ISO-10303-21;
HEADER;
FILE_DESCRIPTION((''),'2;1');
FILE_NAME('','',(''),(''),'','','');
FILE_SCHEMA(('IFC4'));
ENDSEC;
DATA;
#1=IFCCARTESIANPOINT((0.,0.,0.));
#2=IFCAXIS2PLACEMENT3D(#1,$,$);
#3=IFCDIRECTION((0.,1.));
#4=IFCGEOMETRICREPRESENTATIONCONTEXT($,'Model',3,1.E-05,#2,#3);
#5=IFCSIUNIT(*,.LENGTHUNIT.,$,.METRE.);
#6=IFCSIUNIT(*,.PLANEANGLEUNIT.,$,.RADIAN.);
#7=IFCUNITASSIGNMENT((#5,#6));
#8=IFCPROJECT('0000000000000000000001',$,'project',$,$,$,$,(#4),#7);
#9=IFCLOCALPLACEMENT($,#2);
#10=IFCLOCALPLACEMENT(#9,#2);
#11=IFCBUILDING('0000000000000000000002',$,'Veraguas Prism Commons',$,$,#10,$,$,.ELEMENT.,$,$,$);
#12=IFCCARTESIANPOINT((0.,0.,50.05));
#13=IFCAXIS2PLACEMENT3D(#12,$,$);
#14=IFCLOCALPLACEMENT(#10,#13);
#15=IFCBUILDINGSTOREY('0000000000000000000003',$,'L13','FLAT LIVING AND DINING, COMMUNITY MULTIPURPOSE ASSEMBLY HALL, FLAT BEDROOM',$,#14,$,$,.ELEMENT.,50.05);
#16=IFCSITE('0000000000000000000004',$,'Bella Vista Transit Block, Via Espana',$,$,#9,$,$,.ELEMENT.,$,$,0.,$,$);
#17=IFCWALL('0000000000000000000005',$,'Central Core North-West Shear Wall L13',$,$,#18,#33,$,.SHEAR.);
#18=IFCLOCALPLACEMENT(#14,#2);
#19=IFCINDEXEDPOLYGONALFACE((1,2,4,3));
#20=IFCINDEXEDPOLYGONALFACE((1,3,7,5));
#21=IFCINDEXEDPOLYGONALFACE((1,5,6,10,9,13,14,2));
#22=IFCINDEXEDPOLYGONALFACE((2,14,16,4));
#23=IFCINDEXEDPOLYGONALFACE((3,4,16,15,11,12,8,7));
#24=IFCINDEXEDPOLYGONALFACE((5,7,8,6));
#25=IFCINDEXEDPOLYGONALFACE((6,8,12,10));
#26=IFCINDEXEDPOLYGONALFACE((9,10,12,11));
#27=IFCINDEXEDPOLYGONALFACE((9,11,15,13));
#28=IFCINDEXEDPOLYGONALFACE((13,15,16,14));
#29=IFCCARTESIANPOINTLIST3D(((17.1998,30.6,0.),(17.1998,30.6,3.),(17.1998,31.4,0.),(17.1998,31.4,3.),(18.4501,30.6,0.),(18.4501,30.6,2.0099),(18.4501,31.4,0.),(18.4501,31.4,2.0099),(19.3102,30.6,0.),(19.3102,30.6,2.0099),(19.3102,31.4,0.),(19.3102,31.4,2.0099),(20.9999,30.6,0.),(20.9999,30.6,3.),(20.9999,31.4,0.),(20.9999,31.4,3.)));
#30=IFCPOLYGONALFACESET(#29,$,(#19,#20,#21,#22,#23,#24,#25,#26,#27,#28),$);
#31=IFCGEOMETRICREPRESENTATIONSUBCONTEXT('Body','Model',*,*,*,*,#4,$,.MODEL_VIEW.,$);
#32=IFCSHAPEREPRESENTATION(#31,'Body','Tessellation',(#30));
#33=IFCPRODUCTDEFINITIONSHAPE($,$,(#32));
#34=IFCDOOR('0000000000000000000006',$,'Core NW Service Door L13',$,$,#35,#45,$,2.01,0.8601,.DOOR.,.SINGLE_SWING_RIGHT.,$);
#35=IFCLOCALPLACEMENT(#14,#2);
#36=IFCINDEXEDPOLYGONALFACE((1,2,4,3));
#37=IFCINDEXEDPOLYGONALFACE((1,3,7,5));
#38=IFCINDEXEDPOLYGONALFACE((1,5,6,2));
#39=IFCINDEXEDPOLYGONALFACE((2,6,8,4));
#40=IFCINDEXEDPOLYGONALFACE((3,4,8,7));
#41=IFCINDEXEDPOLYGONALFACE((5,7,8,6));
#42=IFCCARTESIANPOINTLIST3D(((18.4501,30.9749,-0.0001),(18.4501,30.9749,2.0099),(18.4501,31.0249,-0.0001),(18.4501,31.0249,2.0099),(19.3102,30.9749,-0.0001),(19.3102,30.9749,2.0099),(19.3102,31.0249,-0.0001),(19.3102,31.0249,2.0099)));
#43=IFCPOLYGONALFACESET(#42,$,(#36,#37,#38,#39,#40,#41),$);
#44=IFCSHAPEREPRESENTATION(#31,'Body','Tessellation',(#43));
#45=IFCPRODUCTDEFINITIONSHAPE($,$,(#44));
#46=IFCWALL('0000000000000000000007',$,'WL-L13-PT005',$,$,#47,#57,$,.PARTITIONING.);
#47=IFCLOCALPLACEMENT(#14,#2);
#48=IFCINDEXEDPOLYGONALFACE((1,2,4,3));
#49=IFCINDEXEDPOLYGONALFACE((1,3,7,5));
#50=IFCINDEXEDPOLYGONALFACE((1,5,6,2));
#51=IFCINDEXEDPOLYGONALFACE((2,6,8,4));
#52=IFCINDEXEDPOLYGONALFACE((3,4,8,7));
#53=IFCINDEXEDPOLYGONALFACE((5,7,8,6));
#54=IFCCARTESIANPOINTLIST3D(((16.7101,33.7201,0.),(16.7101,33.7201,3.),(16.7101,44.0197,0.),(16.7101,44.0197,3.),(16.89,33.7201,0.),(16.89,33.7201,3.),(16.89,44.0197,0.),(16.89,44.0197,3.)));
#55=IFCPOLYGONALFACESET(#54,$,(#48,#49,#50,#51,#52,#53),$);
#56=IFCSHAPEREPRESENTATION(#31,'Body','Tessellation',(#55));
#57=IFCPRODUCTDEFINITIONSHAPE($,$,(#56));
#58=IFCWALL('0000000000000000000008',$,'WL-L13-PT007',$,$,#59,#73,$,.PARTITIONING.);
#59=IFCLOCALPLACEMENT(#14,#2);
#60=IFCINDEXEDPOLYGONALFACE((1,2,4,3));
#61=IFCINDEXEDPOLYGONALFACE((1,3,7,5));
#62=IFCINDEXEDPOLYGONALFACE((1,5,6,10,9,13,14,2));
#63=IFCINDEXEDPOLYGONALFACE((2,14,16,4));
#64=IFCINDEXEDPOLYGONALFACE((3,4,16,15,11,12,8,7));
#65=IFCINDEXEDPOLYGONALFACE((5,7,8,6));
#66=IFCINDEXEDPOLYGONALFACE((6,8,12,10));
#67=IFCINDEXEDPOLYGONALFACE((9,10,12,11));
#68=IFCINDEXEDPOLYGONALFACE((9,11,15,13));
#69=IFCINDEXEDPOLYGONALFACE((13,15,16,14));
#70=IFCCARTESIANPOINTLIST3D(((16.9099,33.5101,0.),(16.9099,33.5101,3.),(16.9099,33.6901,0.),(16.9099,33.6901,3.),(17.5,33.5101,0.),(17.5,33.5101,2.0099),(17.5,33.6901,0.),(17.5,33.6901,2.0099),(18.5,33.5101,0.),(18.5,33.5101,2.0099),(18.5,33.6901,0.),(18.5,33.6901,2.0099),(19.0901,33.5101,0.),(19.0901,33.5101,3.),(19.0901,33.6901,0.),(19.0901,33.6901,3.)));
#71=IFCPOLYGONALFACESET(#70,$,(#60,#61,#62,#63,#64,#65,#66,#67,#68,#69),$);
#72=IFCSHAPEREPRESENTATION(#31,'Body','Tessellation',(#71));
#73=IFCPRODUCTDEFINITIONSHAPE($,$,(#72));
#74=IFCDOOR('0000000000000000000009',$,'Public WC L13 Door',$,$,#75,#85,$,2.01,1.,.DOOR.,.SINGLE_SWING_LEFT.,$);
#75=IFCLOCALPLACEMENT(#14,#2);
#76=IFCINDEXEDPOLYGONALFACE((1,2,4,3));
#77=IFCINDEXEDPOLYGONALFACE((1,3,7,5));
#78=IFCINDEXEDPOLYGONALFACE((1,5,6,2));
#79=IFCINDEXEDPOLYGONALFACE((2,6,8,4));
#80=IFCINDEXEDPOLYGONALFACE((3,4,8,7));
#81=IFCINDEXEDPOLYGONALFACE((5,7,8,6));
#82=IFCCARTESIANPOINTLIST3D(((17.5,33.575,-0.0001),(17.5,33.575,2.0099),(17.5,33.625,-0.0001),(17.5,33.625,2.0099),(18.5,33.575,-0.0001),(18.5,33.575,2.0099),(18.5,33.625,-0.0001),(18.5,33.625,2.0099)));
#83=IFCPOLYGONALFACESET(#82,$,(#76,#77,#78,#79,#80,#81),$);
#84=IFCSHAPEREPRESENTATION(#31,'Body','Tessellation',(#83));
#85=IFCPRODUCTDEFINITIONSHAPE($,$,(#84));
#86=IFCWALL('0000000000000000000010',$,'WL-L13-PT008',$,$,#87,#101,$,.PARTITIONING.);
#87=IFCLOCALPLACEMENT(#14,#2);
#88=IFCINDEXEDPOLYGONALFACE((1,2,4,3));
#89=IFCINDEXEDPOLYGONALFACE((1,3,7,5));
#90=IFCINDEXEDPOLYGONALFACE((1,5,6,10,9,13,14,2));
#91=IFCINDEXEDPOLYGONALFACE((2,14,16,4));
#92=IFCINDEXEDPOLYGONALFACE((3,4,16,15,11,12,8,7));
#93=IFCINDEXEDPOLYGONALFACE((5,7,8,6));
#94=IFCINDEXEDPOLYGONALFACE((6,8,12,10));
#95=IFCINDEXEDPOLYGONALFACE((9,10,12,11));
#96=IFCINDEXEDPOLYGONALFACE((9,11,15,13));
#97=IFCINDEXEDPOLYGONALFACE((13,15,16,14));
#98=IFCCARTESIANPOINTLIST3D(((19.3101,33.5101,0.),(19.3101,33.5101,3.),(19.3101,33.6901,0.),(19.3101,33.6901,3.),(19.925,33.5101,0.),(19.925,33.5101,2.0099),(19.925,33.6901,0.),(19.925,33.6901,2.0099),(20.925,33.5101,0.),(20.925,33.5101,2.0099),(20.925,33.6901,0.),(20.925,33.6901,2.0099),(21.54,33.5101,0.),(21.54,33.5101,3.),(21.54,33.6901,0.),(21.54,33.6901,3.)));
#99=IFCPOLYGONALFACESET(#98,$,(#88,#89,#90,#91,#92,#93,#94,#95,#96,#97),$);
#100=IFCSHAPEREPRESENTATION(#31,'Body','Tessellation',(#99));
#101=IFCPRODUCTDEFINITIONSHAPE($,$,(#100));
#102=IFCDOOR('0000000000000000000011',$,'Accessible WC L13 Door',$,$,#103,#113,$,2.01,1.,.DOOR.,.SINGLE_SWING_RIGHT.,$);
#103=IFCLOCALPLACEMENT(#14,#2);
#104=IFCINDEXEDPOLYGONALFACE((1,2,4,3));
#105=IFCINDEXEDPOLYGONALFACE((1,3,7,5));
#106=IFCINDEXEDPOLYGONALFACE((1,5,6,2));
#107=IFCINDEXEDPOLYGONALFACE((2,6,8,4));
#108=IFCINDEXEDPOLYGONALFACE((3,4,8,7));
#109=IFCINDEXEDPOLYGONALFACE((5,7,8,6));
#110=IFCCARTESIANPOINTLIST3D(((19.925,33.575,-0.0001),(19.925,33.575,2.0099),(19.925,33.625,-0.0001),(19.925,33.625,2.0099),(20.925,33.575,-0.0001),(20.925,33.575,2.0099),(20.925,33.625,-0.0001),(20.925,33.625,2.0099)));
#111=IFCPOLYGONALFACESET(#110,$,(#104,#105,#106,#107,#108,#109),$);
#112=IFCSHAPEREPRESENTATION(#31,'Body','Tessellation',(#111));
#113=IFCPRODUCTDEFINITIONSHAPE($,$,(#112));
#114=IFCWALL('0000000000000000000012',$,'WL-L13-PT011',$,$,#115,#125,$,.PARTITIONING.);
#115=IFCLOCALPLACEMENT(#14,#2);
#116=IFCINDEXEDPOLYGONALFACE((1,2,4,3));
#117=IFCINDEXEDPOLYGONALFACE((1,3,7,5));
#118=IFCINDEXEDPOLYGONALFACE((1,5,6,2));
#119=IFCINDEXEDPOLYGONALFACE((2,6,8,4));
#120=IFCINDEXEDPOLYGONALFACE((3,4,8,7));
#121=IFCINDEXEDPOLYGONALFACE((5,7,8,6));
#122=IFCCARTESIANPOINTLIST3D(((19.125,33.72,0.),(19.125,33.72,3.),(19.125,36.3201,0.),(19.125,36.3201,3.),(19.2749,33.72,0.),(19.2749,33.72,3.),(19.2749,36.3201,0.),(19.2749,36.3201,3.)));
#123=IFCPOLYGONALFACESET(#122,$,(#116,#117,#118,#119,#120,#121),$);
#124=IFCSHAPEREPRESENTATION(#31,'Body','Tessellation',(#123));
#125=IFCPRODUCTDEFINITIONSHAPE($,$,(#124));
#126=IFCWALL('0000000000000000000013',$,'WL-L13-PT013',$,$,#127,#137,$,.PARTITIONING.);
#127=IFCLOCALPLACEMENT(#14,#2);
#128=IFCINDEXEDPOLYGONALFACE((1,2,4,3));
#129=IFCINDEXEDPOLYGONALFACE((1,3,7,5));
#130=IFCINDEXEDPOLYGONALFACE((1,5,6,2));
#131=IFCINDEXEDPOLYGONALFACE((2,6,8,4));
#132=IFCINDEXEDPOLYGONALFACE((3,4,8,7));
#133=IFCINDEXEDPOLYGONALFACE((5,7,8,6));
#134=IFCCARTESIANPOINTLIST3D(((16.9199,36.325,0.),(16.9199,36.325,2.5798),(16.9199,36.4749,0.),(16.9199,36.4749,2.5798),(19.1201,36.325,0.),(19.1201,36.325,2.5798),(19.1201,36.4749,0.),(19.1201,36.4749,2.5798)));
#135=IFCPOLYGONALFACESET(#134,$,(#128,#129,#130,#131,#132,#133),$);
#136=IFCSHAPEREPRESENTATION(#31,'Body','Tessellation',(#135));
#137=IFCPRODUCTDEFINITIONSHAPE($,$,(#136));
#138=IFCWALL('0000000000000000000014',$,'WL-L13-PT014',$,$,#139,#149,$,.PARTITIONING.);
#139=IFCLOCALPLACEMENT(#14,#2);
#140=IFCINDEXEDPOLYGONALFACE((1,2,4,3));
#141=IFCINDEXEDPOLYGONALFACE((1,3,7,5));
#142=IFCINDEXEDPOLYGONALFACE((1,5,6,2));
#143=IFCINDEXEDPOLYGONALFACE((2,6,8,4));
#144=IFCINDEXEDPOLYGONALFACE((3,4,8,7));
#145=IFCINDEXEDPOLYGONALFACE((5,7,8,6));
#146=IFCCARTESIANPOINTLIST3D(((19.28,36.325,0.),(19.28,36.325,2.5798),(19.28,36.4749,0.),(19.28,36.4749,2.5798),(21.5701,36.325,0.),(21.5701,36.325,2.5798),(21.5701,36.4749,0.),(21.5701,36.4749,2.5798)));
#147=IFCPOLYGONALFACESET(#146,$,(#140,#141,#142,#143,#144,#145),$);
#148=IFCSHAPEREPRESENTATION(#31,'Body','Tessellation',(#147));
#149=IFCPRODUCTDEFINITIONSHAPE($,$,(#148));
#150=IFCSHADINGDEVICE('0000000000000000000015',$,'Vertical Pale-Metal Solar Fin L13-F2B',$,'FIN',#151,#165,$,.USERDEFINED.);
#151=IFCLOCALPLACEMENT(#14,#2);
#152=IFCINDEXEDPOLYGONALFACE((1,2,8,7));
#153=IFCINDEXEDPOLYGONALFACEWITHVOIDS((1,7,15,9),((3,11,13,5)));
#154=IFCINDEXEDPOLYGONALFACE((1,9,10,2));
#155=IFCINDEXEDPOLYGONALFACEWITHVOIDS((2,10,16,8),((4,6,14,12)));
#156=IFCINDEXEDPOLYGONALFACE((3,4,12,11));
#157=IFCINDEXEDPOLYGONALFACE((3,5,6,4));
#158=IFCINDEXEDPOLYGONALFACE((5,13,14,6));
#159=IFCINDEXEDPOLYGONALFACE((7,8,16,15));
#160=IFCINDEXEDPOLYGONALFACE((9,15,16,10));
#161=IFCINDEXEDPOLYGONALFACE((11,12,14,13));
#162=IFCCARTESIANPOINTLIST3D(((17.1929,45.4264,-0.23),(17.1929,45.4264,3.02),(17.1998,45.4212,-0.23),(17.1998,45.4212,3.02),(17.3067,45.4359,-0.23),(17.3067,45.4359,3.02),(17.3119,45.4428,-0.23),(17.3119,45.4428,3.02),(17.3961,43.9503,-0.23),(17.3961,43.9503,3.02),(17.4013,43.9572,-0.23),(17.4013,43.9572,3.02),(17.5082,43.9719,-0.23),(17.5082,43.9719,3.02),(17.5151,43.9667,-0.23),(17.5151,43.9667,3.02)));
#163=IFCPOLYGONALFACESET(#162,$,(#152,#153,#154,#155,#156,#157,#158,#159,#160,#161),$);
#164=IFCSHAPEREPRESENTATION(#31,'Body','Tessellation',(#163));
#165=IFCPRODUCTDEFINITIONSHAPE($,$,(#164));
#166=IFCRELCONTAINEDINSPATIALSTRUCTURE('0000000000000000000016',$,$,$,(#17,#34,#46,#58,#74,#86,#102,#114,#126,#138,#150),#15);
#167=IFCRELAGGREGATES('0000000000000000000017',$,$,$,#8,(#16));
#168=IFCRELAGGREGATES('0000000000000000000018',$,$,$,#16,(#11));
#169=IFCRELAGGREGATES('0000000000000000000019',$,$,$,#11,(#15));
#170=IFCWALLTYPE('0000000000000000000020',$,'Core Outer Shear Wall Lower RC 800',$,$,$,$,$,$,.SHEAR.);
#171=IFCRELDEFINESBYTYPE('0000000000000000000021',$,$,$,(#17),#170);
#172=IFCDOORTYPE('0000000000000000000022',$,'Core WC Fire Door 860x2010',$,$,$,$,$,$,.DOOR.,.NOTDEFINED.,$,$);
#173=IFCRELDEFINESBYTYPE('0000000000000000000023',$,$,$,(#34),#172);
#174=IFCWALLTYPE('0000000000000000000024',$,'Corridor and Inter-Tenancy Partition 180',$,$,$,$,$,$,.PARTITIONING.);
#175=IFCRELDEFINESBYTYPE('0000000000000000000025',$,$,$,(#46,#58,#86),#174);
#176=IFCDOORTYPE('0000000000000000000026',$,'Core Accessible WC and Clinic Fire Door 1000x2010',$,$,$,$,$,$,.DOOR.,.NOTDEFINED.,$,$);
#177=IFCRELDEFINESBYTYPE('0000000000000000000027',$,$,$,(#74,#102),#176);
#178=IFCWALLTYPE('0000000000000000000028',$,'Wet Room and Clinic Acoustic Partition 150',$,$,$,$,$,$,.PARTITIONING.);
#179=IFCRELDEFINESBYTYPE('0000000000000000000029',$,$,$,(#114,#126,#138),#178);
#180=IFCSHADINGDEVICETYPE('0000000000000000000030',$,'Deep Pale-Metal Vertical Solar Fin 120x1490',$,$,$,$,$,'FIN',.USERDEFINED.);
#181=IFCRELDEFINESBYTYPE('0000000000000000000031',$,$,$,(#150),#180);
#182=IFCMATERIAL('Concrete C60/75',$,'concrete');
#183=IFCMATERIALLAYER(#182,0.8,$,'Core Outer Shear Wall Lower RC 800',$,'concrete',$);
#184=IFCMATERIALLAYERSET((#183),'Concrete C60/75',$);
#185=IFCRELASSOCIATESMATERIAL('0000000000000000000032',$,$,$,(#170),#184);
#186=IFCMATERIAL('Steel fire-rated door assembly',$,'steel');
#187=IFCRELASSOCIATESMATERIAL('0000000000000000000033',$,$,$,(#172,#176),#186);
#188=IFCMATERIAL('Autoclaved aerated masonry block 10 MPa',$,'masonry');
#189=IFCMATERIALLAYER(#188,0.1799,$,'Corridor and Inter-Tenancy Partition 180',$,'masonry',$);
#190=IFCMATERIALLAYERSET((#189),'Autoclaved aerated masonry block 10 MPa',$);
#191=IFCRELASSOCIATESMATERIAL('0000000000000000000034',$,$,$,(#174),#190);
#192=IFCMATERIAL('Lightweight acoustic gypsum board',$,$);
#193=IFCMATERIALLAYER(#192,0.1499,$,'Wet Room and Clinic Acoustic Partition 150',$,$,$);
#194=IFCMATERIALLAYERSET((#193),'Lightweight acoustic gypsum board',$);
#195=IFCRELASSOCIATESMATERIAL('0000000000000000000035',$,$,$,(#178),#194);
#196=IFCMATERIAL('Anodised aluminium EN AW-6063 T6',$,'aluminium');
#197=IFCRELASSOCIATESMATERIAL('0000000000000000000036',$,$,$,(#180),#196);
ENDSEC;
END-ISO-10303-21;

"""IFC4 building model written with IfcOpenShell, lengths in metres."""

from ifc_helpers import new_model, si_unit, direction, frame, frame_2d, origin, origin_2d, place, context, subcontext, project, spatial, rectangle, hollow_rectangle, extrude, source, transform, mapped, material, layer, layer_set, material_profile, profile_set, type_object, element, fill, save


model = new_model("IFC4")

# Units and contexts
model_context = context("Model", 3, precision=1e-05, world=origin(), true_north=direction((0.0, 1.0)))
body_context = subcontext(model_context, "Body", "Model", "MODEL_VIEW")
ifc_project = project(units=[si_unit("LENGTHUNIT", "METRE"), si_unit("PLANEANGLEUNIT", "RADIAN")], contexts=[model_context])

# Site, building, storey
site_placement = place(None, origin())
site = spatial("IfcSite", under=ifc_project, at=site_placement, Name="Bella Vista Transit Block, Via Espana", CompositionType="ELEMENT", RefElevation=0.0)
building_placement = place(site_placement, origin())
building = spatial("IfcBuilding", under=site, at=building_placement, Name="Veraguas Prism Commons", CompositionType="ELEMENT")
storey_placement = place(building_placement, frame((0.0, 0.0, 50.05)))
storey = spatial("IfcBuildingStorey", under=building, at=storey_placement, Name="L13", Description="FLAT LIVING AND DINING, COMMUNITY MULTIPURPOSE ASSEMBLY HALL, FLAT BEDROOM", CompositionType="ELEMENT", Elevation=50.05)

# Shared definitions
ifc_material_1 = material(Name="Concrete C60/75", Category="concrete")

# Shared definitions
ifc_material_2 = material(Name="Anodised aluminium EN AW-6063 T6", Category="aluminium")

# Wall, opening, door
ifc_layer_1 = layer(ifc_material_1, 0.8, Name="Core Outer Shear Wall Lower RC 800", Category="concrete")
ifc_layer_set_1 = layer_set([ifc_layer_1], Name="Concrete C60/75")
wall_type_1 = type_object("IfcWallType", Name="Core Outer Shear Wall Lower RC 800", PredefinedType="SHEAR", material=ifc_layer_set_1)
wall_1_placement = place(storey_placement, frame((17.2, 31.0, 0.0), z_axis=(0.0, 0.0, 1.0), x_axis=(1.0, 0.0, 0.0)))
wall_1 = element("IfcWall", 1, at=wall_1_placement, inside=storey, type_object=wall_type_1, Name="Central Core North-West Shear Wall L13", PredefinedType="SHEAR", context=body_context, shape_type="SweptSolid", body=[
    extrude(rectangle(XDim=3.8, YDim=0.8, at=frame_2d((1.8999, 0.0))), origin(), (0.0, 0.0, 1.0), 3.0),
])
opening_1_placement = place(wall_1_placement, frame((1.25, 0.0, 0.0)))
opening_1 = element("IfcOpeningElement", 2, at=opening_1_placement, cuts=wall_1, PredefinedType="OPENING", context=body_context, shape_type="SweptSolid", body=[
    extrude(rectangle(XDim=0.8601, YDim=2.01, at=frame_2d((0.4302, 1.0049))), frame((0.0, 0.4099, 0.0), z_axis=(0.0, -1.0, 0.0), x_axis=(1.0, 0.0, 0.0)), (0.0, 0.0, 1.0), 0.8201),
])
ifc_material_3 = material(Name="Steel fire-rated door assembly", Category="steel")
door_type_1 = type_object("IfcDoorType", Name="Core WC Fire Door 860x2010", OperationType="NOTDEFINED", PredefinedType="DOOR", material=ifc_material_3)
shared_shape_1 = source(origin(), body_context, "Body", "SweptSolid", [
    extrude(rectangle(XDim=0.8601, YDim=2.01, at=frame_2d((0.4302, 1.0049))), frame((0.0, 0.0249, 0.0), z_axis=(0.0, -1.0, 0.0), x_axis=(1.0, 0.0, 0.0)), (0.0, 0.0, 1.0), 0.05),
])
door_1_placement = place(opening_1_placement, origin())
door_1 = element("IfcDoor", 3, at=door_1_placement, inside=storey, type_object=door_type_1, Name="Core NW Service Door L13", OperationType="SINGLE_SWING_RIGHT", OverallHeight=2.01, OverallWidth=0.8601, PredefinedType="DOOR", context=body_context, shape_type="MappedRepresentation", body=[
    mapped(shared_shape_1, transform((0.0, 0.0, 0.0), scale=1.0)),
])
fill(opening_1, door_1)

# Wall
ifc_material_4 = material(Name="Autoclaved aerated masonry block 10 MPa", Category="masonry")
ifc_layer_2 = layer(ifc_material_4, 0.1799, Name="Corridor and Inter-Tenancy Partition 180", Category="masonry")
ifc_layer_set_2 = layer_set([ifc_layer_2], Name="Autoclaved aerated masonry block 10 MPa")
wall_type_2 = type_object("IfcWallType", Name="Corridor and Inter-Tenancy Partition 180", PredefinedType="PARTITIONING", material=ifc_layer_set_2)
wall_2_placement = place(storey_placement, frame((16.8, 33.72, 0.0), z_axis=(0.0, 0.0, 1.0), x_axis=(0.0, 1.0, 0.0)))
element("IfcWall", 4, at=wall_2_placement, inside=storey, type_object=wall_type_2, Name="WL-L13-PT005", PredefinedType="PARTITIONING", context=body_context, shape_type="SweptSolid", body=[
    extrude(rectangle(XDim=10.2996, YDim=0.1799, at=frame_2d((5.1499, 0.0))), origin(), (0.0, 0.0, 1.0), 3.0),
])

# Walls, openings, doors
wall_3_placement = place(storey_placement, frame((16.9099, 33.6001, 0.0), z_axis=(0.0, 0.0, 1.0), x_axis=(1.0, 0.0, 0.0)))
wall_3 = element("IfcWall", 5, at=wall_3_placement, inside=storey, type_object=wall_type_2, Name="WL-L13-PT007", PredefinedType="PARTITIONING", context=body_context, shape_type="SweptSolid", body=[
    extrude(rectangle(XDim=2.1802, YDim=0.1799, at=frame_2d((1.0901, 0.0))), origin(), (0.0, 0.0, 1.0), 3.0),
])
opening_2_placement = place(wall_3_placement, frame((0.5901, 0.0, 0.0)))
opening_2 = element("IfcOpeningElement", 6, at=opening_2_placement, cuts=wall_3, PredefinedType="OPENING", context=body_context, shape_type="SweptSolid", body=[
    extrude(rectangle(XDim=1.0, YDim=2.01, at=frame_2d((0.5, 1.0049))), frame((0.0, 0.0999, 0.0), z_axis=(0.0, -1.0, 0.0), x_axis=(1.0, 0.0, 0.0)), (0.0, 0.0, 1.0), 0.2),
])
door_type_2 = type_object("IfcDoorType", Name="Core Accessible WC and Clinic Fire Door 1000x2010", OperationType="NOTDEFINED", PredefinedType="DOOR", material=ifc_material_3)
shared_shape_2 = source(origin(), body_context, "Body", "SweptSolid", [
    extrude(rectangle(XDim=1.0, YDim=2.01, at=frame_2d((0.5, 1.0049))), frame((0.0, 0.0249, 0.0), z_axis=(0.0, -1.0, 0.0), x_axis=(1.0, 0.0, 0.0)), (0.0, 0.0, 1.0), 0.05),
])
door_2_placement = place(opening_2_placement, origin())
door_2 = element("IfcDoor", 7, at=door_2_placement, inside=storey, type_object=door_type_2, Name="Public WC L13 Door", OperationType="SINGLE_SWING_LEFT", OverallHeight=2.01, OverallWidth=1.0, PredefinedType="DOOR", context=body_context, shape_type="MappedRepresentation", body=[
    mapped(shared_shape_2, transform((0.0, 0.0, 0.0), scale=1.0)),
])
fill(opening_2, door_2)
wall_4_placement = place(storey_placement, frame((19.3101, 33.6001, 0.0), z_axis=(0.0, 0.0, 1.0), x_axis=(1.0, 0.0, 0.0)))
wall_4 = element("IfcWall", 8, at=wall_4_placement, inside=storey, type_object=wall_type_2, Name="WL-L13-PT008", PredefinedType="PARTITIONING", context=body_context, shape_type="SweptSolid", body=[
    extrude(rectangle(XDim=2.23, YDim=0.1799, at=frame_2d((1.115, 0.0))), origin(), (0.0, 0.0, 1.0), 3.0),
])
opening_3_placement = place(wall_4_placement, frame((0.615, 0.0, 0.0)))
opening_3 = element("IfcOpeningElement", 9, at=opening_3_placement, cuts=wall_4, PredefinedType="OPENING", context=body_context, shape_type="SweptSolid", body=[
    extrude(rectangle(XDim=1.0, YDim=2.01, at=frame_2d((0.5, 1.0049))), frame((0.0, 0.0999, 0.0), z_axis=(0.0, -1.0, 0.0), x_axis=(1.0, 0.0, 0.0)), (0.0, 0.0, 1.0), 0.2),
])
door_3_placement = place(opening_3_placement, origin())
door_3 = element("IfcDoor", 10, at=door_3_placement, inside=storey, type_object=door_type_2, Name="Accessible WC L13 Door", OperationType="SINGLE_SWING_RIGHT", OverallHeight=2.01, OverallWidth=1.0, PredefinedType="DOOR", context=body_context, shape_type="MappedRepresentation", body=[
    mapped(shared_shape_2, transform((0.0, 0.0, 0.0), scale=1.0)),
])
fill(opening_3, door_3)

# Walls
ifc_material_5 = material(Name="Lightweight acoustic gypsum board")
ifc_layer_3 = layer(ifc_material_5, 0.1499, Name="Wet Room and Clinic Acoustic Partition 150")
ifc_layer_set_3 = layer_set([ifc_layer_3], Name="Lightweight acoustic gypsum board")
wall_type_3 = type_object("IfcWallType", Name="Wet Room and Clinic Acoustic Partition 150", PredefinedType="PARTITIONING", material=ifc_layer_set_3)
wall_5_placement = place(storey_placement, frame((19.2, 33.72, 0.0), z_axis=(0.0, 0.0, 1.0), x_axis=(0.0, 1.0, 0.0)))
element("IfcWall", 11, at=wall_5_placement, inside=storey, type_object=wall_type_3, Name="WL-L13-PT011", PredefinedType="PARTITIONING", context=body_context, shape_type="SweptSolid", body=[
    extrude(rectangle(XDim=2.6001, YDim=0.1499, at=frame_2d((1.3, 0.0))), origin(), (0.0, 0.0, 1.0), 3.0),
])
wall_6_placement = place(storey_placement, frame((16.9199, 36.3999, 0.0), z_axis=(0.0, 0.0, 1.0), x_axis=(1.0, 0.0, 0.0)))
element("IfcWall", 12, at=wall_6_placement, inside=storey, type_object=wall_type_3, Name="WL-L13-PT013", PredefinedType="PARTITIONING", context=body_context, shape_type="SweptSolid", body=[
    extrude(rectangle(XDim=2.2002, YDim=0.1499, at=frame_2d((1.1001, 0.0))), origin(), (0.0, 0.0, 1.0), 2.5798),
])
wall_7_placement = place(storey_placement, frame((19.28, 36.3999, 0.0), z_axis=(0.0, 0.0, 1.0), x_axis=(1.0, 0.0, 0.0)))
element("IfcWall", 13, at=wall_7_placement, inside=storey, type_object=wall_type_3, Name="WL-L13-PT014", PredefinedType="PARTITIONING", context=body_context, shape_type="SweptSolid", body=[
    extrude(rectangle(XDim=2.29, YDim=0.1499, at=frame_2d((1.145, 0.0))), origin(), (0.0, 0.0, 1.0), 2.5798),
])

# Shading device
ifc_material_profile_1 = material_profile(ifc_material_2, hollow_rectangle(XDim=0.1201, YDim=1.49, WallThickness=0.0061, at=origin_2d()), Name="FIN120X1490X6")
ifc_profile_set_1 = profile_set([ifc_material_profile_1], Name="Anodised aluminium EN AW-6063 T6")
shading_device_type = type_object("IfcShadingDeviceType", Name="Deep Pale-Metal Vertical Solar Fin 120x1490", ElementType="FIN", PredefinedType="USERDEFINED", material=ifc_profile_set_1)
shading_device_placement = place(storey_placement, frame((17.354, 44.6965, -0.23), z_axis=(0.0, 0.0, 1.0), x_axis=(-0.990653, -0.136409, 0.0)))
element("IfcShadingDevice", 14, at=shading_device_placement, inside=storey, type_object=shading_device_type, Name="Vertical Pale-Metal Solar Fin L13-F2B", ObjectType="FIN", PredefinedType="USERDEFINED", context=body_context, shape_type="SweptSolid", body=[
    extrude(hollow_rectangle(XDim=0.1201, YDim=1.49, WallThickness=0.0061, at=origin_2d()), origin(), (0.0, 0.0, 1.0), 3.25),
])

save(model, "model.ifc")
